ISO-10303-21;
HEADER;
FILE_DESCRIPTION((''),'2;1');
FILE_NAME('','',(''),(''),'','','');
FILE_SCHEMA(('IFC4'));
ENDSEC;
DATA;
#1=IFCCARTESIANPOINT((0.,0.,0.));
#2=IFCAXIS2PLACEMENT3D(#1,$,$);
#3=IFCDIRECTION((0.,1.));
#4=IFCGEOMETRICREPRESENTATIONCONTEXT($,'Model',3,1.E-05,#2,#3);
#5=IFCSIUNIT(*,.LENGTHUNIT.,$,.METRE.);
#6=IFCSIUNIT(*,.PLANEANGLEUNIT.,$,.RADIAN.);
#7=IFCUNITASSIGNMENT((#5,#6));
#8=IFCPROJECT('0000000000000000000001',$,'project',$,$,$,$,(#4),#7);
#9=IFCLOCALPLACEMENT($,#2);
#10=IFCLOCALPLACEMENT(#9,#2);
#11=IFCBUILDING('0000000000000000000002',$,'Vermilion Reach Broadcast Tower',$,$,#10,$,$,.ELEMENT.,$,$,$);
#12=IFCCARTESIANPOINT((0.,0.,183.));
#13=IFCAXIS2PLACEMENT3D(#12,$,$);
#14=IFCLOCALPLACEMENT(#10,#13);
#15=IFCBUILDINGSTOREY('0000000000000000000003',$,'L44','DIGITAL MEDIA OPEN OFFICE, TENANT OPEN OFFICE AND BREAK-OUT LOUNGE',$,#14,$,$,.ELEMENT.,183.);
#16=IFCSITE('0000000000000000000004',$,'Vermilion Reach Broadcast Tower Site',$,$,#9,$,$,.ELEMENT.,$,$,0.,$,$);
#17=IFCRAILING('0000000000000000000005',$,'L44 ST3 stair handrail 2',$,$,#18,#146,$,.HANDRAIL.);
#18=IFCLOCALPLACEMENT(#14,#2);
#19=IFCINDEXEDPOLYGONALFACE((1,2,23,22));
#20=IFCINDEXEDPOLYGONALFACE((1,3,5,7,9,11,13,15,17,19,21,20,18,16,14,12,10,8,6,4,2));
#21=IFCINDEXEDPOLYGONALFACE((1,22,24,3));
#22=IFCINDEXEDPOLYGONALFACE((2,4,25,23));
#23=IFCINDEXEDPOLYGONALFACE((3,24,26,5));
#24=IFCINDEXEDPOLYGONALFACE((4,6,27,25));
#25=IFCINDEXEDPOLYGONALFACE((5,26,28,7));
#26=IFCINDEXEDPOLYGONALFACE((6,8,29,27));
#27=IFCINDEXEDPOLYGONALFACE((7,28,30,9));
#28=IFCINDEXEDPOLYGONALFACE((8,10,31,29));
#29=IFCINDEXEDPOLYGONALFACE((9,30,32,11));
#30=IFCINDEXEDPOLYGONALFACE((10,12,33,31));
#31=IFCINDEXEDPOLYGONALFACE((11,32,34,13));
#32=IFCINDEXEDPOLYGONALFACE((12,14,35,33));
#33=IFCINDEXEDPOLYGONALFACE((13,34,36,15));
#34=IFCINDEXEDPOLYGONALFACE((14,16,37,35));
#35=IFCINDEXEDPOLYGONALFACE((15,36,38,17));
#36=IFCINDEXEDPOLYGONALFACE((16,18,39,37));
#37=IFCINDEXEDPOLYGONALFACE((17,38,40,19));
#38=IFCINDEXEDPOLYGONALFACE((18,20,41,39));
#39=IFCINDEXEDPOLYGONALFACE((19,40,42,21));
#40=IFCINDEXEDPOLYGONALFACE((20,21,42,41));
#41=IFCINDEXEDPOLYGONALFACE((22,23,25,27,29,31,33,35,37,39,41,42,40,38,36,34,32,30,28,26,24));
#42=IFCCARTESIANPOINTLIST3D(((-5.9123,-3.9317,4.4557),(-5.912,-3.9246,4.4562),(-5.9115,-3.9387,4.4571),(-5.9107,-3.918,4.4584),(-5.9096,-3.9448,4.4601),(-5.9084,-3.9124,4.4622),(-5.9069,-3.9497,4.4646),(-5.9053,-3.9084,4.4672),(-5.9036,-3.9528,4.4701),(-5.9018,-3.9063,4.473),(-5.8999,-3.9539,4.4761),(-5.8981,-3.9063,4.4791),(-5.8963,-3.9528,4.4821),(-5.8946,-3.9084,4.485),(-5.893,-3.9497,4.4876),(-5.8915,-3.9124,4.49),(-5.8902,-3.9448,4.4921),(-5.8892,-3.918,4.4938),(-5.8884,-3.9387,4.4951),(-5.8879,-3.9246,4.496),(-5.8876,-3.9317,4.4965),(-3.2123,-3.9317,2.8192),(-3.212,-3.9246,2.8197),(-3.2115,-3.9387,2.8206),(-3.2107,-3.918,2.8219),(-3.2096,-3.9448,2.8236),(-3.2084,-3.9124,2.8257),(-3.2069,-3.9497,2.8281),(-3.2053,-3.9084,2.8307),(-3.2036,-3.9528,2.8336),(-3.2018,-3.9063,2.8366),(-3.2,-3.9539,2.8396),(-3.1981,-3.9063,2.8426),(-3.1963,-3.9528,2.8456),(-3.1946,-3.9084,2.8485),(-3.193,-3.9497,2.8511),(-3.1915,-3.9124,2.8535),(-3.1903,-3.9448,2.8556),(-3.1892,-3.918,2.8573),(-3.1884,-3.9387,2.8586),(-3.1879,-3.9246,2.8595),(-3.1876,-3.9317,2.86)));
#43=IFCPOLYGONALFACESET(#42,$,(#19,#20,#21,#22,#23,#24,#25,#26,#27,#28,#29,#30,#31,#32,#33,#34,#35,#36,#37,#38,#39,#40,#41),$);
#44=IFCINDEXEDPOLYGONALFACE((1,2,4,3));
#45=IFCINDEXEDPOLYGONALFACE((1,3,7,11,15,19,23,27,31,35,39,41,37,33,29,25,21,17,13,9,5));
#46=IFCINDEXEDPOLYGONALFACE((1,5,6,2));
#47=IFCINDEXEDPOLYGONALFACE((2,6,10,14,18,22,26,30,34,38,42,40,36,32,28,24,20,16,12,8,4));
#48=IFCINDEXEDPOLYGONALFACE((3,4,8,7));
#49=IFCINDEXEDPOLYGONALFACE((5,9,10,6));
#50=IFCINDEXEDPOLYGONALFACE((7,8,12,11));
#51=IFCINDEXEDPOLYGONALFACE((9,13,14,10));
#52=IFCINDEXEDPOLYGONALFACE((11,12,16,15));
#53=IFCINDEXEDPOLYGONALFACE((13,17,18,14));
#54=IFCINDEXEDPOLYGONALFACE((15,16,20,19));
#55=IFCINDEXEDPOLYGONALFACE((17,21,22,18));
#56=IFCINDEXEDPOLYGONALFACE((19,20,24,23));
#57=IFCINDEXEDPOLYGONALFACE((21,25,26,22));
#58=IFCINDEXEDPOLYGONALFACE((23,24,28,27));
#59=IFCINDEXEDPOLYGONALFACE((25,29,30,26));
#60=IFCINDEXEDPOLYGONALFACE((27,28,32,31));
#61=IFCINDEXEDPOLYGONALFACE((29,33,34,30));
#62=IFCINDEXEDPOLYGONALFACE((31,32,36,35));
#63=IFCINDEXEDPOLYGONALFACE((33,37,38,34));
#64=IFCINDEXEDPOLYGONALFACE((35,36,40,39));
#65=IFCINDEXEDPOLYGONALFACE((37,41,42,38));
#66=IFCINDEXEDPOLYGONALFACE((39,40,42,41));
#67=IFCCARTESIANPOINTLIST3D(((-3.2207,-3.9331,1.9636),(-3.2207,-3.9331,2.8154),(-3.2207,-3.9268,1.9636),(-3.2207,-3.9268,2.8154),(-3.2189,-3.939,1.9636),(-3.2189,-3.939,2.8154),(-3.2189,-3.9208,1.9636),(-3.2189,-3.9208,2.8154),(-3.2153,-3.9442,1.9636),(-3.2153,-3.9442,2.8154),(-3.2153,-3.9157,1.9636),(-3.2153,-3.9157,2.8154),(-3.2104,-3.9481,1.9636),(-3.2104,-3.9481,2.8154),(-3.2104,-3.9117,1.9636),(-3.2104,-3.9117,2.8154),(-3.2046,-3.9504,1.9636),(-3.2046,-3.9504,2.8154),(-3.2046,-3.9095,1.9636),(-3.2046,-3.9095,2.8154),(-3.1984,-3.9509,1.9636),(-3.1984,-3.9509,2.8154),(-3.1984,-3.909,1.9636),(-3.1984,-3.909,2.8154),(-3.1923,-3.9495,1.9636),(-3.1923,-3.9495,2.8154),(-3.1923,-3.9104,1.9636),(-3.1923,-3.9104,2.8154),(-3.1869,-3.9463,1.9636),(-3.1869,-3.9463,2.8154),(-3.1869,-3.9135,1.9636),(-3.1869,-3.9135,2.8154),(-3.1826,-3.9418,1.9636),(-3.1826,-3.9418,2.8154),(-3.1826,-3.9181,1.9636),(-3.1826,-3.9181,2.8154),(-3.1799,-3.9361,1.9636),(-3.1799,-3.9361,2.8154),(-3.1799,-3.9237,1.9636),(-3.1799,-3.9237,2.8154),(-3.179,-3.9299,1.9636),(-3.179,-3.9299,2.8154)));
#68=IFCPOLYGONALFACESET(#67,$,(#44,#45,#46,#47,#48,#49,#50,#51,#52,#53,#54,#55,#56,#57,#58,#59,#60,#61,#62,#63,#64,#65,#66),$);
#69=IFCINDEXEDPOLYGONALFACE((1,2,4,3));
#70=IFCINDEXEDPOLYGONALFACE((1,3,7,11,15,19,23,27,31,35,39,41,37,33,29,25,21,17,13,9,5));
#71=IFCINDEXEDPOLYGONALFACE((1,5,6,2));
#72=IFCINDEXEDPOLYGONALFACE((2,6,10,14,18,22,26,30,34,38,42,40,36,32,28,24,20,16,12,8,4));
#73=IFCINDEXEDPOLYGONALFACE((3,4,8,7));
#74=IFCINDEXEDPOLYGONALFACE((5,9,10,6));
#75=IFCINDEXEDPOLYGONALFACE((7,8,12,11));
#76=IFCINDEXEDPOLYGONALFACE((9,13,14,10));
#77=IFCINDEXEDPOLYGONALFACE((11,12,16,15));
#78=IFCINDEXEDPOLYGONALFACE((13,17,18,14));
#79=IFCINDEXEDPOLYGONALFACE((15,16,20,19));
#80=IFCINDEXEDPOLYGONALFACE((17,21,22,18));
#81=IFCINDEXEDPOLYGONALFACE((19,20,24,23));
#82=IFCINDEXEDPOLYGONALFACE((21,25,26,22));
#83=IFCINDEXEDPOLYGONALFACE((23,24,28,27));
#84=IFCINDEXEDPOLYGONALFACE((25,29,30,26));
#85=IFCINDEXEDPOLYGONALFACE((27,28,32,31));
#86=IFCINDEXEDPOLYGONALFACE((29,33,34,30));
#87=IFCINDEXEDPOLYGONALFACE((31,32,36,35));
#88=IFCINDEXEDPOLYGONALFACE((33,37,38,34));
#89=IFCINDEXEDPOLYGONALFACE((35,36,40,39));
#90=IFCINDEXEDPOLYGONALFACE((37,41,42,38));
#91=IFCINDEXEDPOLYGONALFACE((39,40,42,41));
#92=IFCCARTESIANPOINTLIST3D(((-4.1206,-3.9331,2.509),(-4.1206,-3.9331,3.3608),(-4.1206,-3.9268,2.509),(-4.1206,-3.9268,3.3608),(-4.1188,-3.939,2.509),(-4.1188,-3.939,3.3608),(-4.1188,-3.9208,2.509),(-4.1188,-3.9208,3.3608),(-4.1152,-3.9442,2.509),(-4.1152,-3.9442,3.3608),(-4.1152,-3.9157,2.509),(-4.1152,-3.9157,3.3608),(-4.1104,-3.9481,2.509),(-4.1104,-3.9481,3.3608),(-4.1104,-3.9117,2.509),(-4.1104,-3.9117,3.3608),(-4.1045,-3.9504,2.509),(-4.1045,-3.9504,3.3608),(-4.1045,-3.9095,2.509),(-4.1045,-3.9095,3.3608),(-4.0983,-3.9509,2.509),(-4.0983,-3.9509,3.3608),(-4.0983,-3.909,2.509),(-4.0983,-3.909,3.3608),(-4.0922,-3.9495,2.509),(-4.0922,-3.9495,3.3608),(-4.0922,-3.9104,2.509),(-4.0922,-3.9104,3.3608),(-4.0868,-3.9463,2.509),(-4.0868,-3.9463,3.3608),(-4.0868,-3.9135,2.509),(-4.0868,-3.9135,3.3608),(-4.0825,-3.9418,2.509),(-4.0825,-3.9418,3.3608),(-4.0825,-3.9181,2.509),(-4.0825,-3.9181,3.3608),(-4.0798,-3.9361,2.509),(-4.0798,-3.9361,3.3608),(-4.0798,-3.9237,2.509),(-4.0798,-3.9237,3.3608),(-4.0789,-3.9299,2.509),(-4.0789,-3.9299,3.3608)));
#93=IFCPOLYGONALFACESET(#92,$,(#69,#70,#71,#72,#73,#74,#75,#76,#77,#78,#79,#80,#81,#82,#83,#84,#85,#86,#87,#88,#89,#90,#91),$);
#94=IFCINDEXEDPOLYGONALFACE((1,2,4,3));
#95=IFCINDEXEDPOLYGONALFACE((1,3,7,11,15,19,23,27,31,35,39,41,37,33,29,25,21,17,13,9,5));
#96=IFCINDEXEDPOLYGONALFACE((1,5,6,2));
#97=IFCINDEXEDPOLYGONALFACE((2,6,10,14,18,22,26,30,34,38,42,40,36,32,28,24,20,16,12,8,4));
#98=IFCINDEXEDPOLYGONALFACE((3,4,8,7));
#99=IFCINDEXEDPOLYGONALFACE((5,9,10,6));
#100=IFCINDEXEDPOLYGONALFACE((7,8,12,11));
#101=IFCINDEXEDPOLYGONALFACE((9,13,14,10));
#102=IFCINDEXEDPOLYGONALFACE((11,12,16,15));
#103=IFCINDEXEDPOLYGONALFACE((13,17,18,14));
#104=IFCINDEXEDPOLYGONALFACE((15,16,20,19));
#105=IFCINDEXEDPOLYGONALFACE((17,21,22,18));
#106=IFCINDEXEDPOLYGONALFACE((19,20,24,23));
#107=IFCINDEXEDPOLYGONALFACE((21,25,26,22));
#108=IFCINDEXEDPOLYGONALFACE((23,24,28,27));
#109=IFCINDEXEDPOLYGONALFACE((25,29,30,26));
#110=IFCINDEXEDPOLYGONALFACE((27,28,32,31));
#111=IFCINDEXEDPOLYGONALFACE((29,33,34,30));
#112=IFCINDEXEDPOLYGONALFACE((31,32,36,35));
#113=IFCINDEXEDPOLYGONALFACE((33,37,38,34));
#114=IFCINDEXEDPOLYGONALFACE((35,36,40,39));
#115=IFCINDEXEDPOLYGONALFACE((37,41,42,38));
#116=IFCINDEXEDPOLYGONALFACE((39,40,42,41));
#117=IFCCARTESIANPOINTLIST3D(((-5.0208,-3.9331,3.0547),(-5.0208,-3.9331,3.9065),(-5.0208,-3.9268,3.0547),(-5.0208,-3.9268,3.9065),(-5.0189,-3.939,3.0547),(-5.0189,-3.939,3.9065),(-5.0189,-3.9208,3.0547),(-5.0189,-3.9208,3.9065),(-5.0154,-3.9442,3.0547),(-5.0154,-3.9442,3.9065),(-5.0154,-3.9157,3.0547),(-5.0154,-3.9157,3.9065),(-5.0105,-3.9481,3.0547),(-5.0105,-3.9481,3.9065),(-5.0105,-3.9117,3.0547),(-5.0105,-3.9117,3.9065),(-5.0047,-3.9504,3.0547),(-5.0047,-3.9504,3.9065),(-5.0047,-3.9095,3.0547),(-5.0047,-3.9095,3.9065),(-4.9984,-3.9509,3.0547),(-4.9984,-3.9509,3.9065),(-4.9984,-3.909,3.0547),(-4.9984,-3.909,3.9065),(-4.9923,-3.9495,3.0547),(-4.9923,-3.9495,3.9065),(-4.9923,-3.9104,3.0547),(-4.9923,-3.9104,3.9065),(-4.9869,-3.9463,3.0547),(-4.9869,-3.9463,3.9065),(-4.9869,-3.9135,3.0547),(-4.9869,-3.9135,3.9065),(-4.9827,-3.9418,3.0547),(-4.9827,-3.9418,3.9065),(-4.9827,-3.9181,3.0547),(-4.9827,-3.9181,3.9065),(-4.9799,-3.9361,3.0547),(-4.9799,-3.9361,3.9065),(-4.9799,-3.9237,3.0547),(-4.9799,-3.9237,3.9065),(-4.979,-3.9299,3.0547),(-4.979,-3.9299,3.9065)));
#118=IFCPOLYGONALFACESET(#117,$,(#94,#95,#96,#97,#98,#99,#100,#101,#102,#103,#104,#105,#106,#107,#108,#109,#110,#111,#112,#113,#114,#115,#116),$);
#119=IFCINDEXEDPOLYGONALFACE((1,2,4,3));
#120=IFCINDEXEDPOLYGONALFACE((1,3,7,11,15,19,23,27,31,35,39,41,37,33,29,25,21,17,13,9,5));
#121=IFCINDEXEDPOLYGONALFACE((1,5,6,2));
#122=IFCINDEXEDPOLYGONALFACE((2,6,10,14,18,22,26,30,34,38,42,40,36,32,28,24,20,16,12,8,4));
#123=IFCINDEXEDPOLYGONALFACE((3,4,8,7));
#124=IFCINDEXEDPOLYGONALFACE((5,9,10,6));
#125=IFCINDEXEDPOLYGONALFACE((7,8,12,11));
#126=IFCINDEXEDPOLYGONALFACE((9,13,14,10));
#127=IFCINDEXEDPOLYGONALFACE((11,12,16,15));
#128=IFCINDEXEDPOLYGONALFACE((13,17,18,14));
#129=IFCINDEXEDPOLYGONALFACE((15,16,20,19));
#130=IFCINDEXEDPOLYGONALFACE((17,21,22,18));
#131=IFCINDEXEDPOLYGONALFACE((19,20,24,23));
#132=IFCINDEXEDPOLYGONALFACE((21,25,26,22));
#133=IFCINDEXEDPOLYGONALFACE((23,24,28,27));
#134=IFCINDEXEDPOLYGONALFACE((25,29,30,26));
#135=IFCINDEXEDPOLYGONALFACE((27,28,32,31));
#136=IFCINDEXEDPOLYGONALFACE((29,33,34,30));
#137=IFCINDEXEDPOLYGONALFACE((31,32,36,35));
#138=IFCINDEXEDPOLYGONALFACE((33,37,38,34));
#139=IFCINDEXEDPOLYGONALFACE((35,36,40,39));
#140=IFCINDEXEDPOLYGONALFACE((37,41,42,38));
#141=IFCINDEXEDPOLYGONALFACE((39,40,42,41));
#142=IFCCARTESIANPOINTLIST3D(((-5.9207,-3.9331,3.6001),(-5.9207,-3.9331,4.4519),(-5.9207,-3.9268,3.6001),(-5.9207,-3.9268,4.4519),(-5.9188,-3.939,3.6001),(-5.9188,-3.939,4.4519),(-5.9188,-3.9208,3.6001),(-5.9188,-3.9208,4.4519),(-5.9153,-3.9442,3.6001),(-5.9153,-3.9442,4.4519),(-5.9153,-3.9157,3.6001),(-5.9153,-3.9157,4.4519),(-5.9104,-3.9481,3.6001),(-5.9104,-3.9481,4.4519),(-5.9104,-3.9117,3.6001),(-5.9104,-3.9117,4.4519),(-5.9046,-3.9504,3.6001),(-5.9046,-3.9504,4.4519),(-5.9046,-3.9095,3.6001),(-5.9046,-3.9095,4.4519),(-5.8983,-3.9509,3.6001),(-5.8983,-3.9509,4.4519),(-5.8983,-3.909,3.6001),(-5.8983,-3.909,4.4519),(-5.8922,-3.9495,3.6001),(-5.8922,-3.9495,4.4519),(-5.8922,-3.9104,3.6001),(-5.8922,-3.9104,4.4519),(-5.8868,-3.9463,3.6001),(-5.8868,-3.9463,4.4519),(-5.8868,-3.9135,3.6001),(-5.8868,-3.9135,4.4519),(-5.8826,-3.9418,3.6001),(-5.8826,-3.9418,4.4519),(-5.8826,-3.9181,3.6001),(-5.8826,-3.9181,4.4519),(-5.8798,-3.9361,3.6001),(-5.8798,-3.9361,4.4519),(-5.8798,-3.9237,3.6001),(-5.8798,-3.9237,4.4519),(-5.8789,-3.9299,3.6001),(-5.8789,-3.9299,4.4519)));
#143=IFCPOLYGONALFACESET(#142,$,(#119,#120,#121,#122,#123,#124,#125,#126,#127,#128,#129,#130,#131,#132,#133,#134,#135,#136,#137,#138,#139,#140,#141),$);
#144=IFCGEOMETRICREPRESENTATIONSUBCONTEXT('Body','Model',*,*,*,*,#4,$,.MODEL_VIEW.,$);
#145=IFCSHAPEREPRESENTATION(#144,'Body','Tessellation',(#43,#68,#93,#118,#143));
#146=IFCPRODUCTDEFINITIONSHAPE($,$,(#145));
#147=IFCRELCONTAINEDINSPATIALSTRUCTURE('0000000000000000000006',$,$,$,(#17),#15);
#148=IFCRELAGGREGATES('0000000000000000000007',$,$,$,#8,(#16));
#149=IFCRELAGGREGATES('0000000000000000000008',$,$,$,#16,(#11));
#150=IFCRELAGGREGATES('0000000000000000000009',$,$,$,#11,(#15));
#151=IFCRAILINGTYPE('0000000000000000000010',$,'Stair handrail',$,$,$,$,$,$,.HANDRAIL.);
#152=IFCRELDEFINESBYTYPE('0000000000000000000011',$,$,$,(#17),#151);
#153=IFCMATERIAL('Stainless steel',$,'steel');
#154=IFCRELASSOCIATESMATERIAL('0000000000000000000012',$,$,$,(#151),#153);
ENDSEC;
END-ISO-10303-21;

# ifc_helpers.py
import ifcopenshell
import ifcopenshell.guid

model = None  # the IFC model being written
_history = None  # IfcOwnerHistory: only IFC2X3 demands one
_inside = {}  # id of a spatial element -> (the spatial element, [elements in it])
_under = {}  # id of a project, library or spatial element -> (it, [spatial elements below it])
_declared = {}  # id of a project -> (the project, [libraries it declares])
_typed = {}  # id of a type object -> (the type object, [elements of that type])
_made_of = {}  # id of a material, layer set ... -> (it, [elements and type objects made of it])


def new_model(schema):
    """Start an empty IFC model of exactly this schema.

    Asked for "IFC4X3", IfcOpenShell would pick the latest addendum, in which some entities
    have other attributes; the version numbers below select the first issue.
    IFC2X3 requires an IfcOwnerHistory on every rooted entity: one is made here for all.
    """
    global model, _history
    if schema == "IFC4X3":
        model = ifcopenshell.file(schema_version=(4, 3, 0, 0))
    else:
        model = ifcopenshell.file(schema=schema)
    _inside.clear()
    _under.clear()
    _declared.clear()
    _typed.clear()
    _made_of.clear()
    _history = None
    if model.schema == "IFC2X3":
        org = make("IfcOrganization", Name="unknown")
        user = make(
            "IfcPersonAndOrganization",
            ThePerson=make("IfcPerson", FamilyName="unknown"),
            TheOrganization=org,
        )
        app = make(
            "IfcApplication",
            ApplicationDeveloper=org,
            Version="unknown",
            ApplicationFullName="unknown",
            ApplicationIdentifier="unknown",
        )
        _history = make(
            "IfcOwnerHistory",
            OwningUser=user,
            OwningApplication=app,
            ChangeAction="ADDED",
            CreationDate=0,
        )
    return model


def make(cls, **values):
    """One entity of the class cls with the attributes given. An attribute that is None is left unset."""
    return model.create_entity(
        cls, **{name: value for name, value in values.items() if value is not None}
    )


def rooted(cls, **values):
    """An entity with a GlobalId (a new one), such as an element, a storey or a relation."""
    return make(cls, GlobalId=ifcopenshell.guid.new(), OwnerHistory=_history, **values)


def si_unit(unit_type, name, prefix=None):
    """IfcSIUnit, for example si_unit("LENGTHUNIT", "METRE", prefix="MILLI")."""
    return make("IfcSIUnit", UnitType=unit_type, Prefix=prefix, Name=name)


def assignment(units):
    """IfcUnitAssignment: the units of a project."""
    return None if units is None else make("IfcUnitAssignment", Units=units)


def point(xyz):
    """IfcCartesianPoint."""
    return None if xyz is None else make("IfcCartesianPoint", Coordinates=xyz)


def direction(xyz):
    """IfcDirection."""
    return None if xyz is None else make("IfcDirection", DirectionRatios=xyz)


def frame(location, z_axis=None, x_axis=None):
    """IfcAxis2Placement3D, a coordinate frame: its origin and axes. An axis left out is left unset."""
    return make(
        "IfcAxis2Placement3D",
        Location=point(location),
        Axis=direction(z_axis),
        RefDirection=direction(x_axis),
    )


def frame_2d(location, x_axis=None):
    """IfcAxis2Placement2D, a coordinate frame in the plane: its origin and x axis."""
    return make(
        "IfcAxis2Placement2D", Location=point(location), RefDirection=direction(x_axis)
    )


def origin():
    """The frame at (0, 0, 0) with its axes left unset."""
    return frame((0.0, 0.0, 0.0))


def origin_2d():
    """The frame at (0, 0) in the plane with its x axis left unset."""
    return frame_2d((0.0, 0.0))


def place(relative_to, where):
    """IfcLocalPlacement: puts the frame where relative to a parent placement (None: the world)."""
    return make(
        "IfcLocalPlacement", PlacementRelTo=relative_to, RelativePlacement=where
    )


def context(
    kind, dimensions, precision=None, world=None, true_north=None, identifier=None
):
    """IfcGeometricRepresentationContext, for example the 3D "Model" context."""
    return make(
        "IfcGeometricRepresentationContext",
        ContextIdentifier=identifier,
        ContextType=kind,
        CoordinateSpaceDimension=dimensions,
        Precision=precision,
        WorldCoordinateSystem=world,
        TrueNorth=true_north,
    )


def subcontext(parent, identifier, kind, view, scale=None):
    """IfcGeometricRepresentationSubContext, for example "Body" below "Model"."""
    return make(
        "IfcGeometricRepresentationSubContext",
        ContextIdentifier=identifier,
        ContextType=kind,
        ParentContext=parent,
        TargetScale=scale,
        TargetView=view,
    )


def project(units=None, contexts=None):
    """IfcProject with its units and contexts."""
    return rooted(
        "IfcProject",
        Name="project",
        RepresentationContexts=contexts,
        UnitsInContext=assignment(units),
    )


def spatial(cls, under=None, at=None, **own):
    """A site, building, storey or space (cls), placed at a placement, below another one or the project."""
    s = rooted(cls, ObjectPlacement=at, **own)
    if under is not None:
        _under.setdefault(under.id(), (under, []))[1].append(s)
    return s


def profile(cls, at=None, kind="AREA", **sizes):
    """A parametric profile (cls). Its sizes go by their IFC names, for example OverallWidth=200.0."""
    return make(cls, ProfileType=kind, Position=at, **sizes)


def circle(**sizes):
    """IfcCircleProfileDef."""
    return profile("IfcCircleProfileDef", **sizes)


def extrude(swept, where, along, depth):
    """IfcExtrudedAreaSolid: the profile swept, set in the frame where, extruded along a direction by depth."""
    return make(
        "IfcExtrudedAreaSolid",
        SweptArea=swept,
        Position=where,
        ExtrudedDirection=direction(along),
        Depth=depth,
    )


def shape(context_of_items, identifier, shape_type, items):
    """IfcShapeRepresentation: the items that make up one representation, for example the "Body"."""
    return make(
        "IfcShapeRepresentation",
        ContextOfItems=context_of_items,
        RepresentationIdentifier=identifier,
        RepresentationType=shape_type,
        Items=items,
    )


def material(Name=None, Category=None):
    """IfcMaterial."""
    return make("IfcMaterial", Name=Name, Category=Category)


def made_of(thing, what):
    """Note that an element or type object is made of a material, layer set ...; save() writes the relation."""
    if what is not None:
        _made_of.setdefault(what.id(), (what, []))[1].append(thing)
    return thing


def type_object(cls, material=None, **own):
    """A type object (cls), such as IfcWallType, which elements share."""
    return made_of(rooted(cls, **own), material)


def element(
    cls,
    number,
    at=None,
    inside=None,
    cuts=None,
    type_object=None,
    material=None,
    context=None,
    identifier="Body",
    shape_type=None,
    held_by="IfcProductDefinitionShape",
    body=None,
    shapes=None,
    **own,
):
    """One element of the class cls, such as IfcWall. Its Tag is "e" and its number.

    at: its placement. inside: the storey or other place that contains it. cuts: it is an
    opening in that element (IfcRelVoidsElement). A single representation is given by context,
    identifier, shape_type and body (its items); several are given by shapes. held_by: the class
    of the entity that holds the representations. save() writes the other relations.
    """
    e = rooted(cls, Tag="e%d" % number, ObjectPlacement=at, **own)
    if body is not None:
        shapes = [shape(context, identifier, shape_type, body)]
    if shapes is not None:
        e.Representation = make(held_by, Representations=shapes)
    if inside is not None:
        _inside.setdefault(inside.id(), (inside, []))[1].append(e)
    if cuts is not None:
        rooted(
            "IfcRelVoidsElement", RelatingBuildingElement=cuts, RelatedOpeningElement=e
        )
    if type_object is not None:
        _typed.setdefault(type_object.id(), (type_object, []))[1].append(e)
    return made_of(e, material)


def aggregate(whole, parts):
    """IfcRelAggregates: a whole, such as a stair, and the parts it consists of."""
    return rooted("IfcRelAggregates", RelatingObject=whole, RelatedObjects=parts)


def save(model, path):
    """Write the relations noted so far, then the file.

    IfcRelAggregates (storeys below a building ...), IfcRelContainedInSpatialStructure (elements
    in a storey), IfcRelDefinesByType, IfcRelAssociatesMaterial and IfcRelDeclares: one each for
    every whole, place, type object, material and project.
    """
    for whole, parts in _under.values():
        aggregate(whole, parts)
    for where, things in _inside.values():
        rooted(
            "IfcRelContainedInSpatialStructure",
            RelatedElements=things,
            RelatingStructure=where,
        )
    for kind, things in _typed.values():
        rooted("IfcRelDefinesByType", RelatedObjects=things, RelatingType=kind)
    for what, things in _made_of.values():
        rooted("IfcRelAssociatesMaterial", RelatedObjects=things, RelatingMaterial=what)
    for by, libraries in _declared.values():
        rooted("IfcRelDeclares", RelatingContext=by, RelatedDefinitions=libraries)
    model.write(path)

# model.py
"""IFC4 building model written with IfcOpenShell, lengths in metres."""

from ifc_helpers import new_model, si_unit, direction, frame, origin, origin_2d, place, context, subcontext, project, spatial, circle, extrude, material, type_object, element, save


model = new_model("IFC4")

# Units and contexts
model_context = context("Model", 3, precision=1e-05, world=origin(), true_north=direction((0.0, 1.0)))
body_context = subcontext(model_context, "Body", "Model", "MODEL_VIEW")
ifc_project = project(units=[si_unit("LENGTHUNIT", "METRE"), si_unit("PLANEANGLEUNIT", "RADIAN")], contexts=[model_context])

# Site, building, storey
site_placement = place(None, origin())
site = spatial("IfcSite", under=ifc_project, at=site_placement, Name="Vermilion Reach Broadcast Tower Site", CompositionType="ELEMENT", RefElevation=0.0)
building_placement = place(site_placement, origin())
building = spatial("IfcBuilding", under=site, at=building_placement, Name="Vermilion Reach Broadcast Tower", CompositionType="ELEMENT")
storey_placement = place(building_placement, frame((0.0, 0.0, 183.0)))
storey = spatial("IfcBuildingStorey", under=building, at=storey_placement, Name="L44", Description="DIGITAL MEDIA OPEN OFFICE, TENANT OPEN OFFICE AND BREAK-OUT LOUNGE", CompositionType="ELEMENT", Elevation=183.0)

# Railing
ifc_material_1 = material(Name="Stainless steel", Category="steel")
railing_type_1 = type_object("IfcRailingType", Name="Stair handrail", PredefinedType="HANDRAIL", material=ifc_material_1)
railing_1_placement = place(storey_placement, frame((-3.2, -3.9299, 1.9636)))
element("IfcRailing", 1, at=railing_1_placement, inside=storey, type_object=railing_type_1, Name="L44 ST3 stair handrail 2", PredefinedType="HANDRAIL", context=body_context, shape_type="SweptSolid", body=[
    extrude(circle(Radius=0.0239, at=origin_2d()), frame((0.0, 0.0, 0.876), z_axis=(-0.855178, 0.0, 0.518334), x_axis=(0.0, -1.0, 0.0)), (0.0, 0.0, 1.0), 3.1572),
    extrude(circle(Radius=0.021, at=origin_2d()), origin(), (0.0, 0.0, 1.0), 0.8518),
    extrude(circle(Radius=0.021, at=origin_2d()), frame((-0.8999, 0.0, 0.5454)), (0.0, 0.0, 1.0), 0.8518),
    extrude(circle(Radius=0.021, at=origin_2d()), frame((-1.8, 0.0, 1.0911)), (0.0, 0.0, 1.0), 0.8518),
    extrude(circle(Radius=0.021, at=origin_2d()), frame((-2.7, 0.0, 1.6365)), (0.0, 0.0, 1.0), 0.8518),
])

save(model, "model.ifc")
